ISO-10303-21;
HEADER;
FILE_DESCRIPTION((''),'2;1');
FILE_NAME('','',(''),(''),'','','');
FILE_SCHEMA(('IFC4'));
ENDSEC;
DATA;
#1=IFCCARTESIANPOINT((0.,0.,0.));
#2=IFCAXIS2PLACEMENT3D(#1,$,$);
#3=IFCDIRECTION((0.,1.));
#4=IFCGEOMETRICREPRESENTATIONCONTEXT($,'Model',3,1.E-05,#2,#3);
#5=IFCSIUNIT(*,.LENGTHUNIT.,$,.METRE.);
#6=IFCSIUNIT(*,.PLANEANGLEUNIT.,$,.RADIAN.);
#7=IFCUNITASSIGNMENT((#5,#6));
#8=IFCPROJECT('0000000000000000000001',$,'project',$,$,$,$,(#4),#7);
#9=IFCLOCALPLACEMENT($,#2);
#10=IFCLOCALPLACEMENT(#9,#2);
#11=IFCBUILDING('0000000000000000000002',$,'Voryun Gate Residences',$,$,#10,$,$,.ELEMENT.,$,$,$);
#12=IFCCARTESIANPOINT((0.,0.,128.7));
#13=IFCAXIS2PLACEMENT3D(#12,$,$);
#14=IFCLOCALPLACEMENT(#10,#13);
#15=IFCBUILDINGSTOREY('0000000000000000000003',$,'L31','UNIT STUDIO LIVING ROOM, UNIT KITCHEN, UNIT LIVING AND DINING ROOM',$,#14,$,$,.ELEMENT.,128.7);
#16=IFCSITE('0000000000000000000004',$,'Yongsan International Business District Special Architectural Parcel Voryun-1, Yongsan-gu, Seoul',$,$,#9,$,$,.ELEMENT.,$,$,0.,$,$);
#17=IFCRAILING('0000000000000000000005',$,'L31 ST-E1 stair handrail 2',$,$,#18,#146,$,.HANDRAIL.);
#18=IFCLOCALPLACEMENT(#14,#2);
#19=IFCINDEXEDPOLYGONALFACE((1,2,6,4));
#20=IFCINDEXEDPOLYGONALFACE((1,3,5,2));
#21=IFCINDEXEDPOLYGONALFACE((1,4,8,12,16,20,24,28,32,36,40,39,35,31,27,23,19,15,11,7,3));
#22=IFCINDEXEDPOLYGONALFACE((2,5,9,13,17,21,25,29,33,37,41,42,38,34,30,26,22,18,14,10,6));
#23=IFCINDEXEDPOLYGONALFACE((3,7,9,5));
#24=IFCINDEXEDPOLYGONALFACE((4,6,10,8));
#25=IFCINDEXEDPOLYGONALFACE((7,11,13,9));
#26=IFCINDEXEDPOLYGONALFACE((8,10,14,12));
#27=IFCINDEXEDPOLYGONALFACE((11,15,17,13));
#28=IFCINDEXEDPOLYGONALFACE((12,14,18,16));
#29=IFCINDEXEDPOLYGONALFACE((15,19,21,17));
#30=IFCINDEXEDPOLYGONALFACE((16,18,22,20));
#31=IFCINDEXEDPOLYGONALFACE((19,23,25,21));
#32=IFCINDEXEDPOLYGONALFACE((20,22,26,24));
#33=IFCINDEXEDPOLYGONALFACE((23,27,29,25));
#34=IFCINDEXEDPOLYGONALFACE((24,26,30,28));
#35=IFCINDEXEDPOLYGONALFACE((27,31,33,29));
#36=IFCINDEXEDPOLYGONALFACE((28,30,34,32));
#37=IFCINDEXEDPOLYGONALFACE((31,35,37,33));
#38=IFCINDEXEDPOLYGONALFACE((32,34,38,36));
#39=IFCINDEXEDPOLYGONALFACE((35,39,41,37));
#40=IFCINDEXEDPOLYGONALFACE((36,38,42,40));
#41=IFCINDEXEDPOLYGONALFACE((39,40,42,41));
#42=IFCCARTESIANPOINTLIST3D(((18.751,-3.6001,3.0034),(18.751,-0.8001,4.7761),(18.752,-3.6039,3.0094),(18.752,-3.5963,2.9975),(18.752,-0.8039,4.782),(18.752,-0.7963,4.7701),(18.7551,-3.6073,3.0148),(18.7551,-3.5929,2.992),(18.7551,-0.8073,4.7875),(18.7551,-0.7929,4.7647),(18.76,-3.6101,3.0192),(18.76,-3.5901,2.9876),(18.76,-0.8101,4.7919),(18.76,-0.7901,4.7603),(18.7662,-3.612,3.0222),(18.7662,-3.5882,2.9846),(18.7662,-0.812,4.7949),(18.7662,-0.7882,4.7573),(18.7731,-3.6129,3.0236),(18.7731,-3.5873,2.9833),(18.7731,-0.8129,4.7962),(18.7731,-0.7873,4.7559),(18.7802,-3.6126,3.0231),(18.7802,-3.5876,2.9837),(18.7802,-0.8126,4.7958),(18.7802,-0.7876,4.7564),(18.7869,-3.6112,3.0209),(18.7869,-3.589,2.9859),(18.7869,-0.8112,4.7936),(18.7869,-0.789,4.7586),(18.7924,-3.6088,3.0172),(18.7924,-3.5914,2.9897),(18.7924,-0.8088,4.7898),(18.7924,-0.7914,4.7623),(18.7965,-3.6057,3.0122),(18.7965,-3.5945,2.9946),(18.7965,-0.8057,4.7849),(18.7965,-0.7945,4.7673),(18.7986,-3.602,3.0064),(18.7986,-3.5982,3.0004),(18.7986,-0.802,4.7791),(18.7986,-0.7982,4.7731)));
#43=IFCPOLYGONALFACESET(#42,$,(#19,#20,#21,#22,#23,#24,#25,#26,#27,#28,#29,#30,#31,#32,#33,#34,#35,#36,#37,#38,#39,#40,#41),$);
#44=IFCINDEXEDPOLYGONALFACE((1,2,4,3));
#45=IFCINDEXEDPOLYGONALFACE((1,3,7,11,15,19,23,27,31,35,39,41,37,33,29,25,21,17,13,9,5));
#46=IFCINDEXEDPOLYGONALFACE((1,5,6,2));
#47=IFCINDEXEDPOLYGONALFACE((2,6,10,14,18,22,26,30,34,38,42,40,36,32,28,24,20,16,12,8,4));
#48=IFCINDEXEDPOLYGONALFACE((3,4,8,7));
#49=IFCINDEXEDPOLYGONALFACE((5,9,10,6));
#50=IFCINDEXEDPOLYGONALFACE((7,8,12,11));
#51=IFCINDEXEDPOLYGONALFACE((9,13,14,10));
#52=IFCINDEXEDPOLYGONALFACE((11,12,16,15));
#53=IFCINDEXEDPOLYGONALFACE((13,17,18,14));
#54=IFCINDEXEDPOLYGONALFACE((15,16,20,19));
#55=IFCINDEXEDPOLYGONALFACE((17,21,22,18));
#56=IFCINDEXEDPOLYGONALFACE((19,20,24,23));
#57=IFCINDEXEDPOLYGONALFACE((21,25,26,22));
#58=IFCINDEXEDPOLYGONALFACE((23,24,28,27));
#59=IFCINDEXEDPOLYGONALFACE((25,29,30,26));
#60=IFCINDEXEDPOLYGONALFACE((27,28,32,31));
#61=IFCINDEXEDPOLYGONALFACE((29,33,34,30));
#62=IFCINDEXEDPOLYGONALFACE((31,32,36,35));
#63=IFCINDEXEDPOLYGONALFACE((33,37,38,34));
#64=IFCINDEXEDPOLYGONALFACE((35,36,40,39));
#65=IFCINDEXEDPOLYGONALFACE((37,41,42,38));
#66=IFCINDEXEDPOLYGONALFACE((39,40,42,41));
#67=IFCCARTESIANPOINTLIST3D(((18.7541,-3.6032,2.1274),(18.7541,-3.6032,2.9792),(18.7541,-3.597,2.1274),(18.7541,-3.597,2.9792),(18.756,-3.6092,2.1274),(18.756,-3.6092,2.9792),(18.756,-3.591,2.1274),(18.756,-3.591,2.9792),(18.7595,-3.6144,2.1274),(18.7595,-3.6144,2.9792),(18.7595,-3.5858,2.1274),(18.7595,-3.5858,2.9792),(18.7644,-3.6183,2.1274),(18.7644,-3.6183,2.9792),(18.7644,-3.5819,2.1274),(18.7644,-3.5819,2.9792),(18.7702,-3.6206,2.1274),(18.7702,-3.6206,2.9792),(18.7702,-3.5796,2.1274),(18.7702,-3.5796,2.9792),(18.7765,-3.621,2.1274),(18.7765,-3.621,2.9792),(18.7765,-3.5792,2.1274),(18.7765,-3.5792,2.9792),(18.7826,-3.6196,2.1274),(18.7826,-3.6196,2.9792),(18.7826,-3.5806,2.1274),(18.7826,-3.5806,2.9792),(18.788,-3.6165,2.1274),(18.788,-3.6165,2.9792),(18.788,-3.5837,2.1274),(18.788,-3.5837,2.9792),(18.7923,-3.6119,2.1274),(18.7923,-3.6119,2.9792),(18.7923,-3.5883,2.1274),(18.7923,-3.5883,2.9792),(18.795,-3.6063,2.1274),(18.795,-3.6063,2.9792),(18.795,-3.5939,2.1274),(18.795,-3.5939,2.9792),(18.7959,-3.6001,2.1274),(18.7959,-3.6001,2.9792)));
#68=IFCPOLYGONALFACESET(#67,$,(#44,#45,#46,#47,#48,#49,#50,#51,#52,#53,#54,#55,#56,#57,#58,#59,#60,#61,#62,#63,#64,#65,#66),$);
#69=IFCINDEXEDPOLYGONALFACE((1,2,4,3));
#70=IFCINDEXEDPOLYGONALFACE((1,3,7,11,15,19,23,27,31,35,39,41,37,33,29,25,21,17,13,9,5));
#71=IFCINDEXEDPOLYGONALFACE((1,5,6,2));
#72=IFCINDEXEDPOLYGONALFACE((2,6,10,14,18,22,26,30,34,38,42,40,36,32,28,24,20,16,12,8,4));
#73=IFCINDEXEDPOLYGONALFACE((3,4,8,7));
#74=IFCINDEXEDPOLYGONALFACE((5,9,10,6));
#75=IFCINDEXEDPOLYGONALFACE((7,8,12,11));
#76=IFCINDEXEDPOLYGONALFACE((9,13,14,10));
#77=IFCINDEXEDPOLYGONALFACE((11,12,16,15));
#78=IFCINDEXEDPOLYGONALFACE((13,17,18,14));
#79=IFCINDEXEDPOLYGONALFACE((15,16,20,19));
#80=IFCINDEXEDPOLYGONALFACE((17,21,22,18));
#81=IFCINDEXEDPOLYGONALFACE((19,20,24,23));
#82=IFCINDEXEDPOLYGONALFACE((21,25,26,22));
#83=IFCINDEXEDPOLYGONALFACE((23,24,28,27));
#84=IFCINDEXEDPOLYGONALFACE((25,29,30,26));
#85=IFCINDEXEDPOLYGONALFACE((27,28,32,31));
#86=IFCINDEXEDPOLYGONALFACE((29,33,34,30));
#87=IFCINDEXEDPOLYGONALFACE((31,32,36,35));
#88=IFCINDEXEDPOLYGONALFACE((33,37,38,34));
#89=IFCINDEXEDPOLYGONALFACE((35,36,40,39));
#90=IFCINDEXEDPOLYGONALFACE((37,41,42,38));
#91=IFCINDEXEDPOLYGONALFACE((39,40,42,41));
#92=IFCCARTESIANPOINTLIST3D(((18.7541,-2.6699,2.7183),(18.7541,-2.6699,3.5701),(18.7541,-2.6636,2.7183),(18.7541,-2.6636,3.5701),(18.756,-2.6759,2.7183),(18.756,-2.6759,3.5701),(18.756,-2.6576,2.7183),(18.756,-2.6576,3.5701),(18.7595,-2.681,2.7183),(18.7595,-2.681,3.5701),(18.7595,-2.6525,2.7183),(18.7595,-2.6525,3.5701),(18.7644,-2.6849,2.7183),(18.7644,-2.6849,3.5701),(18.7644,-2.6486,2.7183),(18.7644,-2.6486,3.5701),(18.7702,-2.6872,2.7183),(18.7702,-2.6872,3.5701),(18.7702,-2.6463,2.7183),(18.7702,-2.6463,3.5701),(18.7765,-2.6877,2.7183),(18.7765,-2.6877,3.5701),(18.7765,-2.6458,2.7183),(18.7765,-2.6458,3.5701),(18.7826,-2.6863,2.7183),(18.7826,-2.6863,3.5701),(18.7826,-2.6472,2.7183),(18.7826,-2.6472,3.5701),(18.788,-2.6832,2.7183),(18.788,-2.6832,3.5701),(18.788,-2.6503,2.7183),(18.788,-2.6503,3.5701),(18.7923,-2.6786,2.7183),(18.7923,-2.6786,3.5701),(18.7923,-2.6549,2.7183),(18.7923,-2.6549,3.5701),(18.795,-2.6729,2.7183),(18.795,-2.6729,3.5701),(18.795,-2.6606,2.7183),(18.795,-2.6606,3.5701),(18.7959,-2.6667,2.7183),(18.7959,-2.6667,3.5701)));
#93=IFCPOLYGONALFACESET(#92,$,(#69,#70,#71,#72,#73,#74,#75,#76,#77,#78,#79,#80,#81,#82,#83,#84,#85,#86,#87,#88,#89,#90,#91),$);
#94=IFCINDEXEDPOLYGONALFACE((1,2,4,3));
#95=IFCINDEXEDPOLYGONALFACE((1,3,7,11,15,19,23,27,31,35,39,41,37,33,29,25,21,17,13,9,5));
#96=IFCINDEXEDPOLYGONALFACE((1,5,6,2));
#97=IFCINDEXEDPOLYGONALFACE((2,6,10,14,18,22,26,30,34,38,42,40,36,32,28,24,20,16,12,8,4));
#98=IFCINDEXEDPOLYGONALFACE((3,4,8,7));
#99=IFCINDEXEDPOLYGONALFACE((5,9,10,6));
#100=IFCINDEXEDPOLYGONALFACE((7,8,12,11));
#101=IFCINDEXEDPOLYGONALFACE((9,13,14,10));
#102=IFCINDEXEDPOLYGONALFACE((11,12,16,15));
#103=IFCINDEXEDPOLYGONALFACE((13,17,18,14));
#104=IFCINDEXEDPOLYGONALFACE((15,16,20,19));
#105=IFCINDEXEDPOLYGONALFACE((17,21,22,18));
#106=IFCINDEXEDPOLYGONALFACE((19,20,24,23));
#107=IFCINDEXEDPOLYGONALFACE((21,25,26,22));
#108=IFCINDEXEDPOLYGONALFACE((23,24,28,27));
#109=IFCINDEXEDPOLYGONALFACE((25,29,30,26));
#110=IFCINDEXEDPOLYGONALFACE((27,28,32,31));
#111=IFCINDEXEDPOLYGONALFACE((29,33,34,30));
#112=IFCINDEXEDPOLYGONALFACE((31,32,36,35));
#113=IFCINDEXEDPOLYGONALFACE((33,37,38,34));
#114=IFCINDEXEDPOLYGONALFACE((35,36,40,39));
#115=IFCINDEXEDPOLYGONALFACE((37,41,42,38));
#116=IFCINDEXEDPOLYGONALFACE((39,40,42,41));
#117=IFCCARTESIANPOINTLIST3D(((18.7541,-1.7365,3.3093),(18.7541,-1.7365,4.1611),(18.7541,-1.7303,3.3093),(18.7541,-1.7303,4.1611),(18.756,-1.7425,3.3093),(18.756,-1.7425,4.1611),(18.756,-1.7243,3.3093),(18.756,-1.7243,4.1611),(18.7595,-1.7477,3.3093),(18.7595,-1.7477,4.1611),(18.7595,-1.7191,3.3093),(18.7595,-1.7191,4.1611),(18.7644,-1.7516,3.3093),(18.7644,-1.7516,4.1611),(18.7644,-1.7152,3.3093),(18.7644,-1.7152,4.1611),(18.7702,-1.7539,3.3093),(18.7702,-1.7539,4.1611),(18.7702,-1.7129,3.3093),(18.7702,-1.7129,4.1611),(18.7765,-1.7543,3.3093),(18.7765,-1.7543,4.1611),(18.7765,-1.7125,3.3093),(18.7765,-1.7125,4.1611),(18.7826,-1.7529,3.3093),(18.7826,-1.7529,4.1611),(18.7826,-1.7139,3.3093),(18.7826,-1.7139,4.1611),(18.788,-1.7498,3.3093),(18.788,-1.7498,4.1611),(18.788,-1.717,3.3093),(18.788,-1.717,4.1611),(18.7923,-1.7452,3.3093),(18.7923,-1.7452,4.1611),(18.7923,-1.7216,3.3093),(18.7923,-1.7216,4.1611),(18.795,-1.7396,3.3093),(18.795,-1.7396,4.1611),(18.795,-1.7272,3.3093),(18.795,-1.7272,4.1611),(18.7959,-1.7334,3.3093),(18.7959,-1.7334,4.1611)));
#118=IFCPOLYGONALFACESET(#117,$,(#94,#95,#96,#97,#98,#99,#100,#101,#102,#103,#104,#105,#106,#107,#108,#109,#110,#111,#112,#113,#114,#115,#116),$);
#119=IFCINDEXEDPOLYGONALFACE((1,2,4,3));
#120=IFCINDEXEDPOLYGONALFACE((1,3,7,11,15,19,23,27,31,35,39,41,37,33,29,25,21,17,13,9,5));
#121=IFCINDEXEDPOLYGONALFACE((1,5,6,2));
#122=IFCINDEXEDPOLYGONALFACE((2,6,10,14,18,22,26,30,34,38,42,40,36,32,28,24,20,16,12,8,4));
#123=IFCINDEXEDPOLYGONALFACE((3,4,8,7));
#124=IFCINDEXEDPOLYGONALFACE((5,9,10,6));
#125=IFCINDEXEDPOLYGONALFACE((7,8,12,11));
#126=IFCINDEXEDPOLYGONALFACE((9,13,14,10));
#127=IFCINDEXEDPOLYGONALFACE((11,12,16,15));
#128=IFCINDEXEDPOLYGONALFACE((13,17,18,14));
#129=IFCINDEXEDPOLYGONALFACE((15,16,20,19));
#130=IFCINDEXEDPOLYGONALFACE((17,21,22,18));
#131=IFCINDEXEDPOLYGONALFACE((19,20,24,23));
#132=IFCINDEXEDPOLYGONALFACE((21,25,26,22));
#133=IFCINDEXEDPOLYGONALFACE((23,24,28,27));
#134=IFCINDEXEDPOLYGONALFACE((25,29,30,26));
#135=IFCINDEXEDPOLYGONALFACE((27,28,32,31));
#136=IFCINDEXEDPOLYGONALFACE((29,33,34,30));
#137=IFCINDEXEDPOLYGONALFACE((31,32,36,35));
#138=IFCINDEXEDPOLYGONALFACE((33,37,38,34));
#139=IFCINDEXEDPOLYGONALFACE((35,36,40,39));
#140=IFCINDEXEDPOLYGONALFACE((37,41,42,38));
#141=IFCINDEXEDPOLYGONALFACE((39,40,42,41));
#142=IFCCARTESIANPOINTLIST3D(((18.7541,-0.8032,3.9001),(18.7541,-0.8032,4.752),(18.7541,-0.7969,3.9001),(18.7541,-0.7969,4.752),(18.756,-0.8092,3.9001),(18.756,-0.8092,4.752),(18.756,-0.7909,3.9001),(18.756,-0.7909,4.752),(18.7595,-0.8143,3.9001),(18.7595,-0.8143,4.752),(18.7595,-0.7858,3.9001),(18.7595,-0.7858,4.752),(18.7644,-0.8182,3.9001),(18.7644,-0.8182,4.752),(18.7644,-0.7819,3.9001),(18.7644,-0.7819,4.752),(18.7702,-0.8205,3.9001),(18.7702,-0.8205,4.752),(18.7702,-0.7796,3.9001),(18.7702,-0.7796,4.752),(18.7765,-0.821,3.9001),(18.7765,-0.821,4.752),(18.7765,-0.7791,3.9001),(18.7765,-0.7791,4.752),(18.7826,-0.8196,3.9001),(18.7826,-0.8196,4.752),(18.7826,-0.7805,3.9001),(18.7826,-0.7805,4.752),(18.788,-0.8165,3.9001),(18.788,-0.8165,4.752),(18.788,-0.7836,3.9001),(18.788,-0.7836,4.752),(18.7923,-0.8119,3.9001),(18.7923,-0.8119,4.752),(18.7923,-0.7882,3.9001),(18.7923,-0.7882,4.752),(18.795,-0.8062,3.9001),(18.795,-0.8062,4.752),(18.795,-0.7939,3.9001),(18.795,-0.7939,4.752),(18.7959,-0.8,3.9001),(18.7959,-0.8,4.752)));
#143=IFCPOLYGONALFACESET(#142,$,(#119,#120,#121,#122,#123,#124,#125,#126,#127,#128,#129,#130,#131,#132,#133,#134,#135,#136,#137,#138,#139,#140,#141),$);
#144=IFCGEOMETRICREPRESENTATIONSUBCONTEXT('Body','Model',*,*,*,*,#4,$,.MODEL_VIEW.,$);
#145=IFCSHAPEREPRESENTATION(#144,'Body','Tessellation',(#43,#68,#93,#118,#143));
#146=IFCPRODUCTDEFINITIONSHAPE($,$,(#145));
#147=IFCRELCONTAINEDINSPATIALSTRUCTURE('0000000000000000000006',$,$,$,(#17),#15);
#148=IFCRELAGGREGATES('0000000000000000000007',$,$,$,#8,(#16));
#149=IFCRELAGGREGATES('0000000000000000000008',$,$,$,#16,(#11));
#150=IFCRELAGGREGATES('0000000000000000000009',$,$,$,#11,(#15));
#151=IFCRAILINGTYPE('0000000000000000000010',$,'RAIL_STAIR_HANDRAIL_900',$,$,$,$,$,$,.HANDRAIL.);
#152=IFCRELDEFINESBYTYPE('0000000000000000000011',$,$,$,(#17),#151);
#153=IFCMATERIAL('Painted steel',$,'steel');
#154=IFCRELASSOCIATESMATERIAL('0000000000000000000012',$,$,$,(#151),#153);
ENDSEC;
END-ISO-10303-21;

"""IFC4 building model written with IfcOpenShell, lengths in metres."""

from ifc_helpers import new_model, si_unit, direction, frame, origin, origin_2d, place, context, subcontext, project, spatial, circle, extrude, material, type_object, element, save


model = new_model("IFC4")

# Units and contexts
model_context = context("Model", 3, precision=1e-05, world=origin(), true_north=direction((0.0, 1.0)))
body_context = subcontext(model_context, "Body", "Model", "MODEL_VIEW")
ifc_project = project(units=[si_unit("LENGTHUNIT", "METRE"), si_unit("PLANEANGLEUNIT", "RADIAN")], contexts=[model_context])

# Site, building, storey
site_placement = place(None, origin())
site = spatial("IfcSite", under=ifc_project, at=site_placement, Name="Yongsan International Business District Special Architectural Parcel Voryun-1, Yongsan-gu, Seoul", CompositionType="ELEMENT", RefElevation=0.0)
building_placement = place(site_placement, origin())
building = spatial("IfcBuilding", under=site, at=building_placement, Name="Voryun Gate Residences", CompositionType="ELEMENT")
storey_placement = place(building_placement, frame((0.0, 0.0, 128.7)))
storey = spatial("IfcBuildingStorey", under=building, at=storey_placement, Name="L31", Description="UNIT STUDIO LIVING ROOM, UNIT KITCHEN, UNIT LIVING AND DINING ROOM", CompositionType="ELEMENT", Elevation=128.7)

# Railing
ifc_material_1 = material(Name="Painted steel", Category="steel")
railing_type_1 = type_object("IfcRailingType", Name="RAIL_STAIR_HANDRAIL_900", PredefinedType="HANDRAIL", material=ifc_material_1)
railing_1_placement = place(storey_placement, frame((18.7749, -3.6001, 2.1274)))
element("IfcRailing", 1, at=railing_1_placement, inside=storey, type_object=railing_type_1, Name="L31 ST-E1 stair handrail 2", PredefinedType="HANDRAIL", context=body_context, shape_type="SweptSolid", body=[
    extrude(circle(Radius=0.0239, at=origin_2d()), frame((0.0, 0.0, 0.876), z_axis=(0.0, 0.844909, 0.53491), x_axis=(-1.0, 0.0, 0.0)), (0.0, 0.0, 1.0), 3.314),
    extrude(circle(Radius=0.021, at=origin_2d()), origin(), (0.0, 0.0, 1.0), 0.8518),
    extrude(circle(Radius=0.021, at=origin_2d()), frame((0.0, 0.9333, 0.5908)), (0.0, 0.0, 1.0), 0.8518),
    extrude(circle(Radius=0.021, at=origin_2d()), frame((0.0, 1.8667, 1.1819)), (0.0, 0.0, 1.0), 0.8518),
    extrude(circle(Radius=0.021, at=origin_2d()), frame((0.0, 2.8, 1.7727)), (0.0, 0.0, 1.0), 0.8518),
])

save(model, "model.ifc")
